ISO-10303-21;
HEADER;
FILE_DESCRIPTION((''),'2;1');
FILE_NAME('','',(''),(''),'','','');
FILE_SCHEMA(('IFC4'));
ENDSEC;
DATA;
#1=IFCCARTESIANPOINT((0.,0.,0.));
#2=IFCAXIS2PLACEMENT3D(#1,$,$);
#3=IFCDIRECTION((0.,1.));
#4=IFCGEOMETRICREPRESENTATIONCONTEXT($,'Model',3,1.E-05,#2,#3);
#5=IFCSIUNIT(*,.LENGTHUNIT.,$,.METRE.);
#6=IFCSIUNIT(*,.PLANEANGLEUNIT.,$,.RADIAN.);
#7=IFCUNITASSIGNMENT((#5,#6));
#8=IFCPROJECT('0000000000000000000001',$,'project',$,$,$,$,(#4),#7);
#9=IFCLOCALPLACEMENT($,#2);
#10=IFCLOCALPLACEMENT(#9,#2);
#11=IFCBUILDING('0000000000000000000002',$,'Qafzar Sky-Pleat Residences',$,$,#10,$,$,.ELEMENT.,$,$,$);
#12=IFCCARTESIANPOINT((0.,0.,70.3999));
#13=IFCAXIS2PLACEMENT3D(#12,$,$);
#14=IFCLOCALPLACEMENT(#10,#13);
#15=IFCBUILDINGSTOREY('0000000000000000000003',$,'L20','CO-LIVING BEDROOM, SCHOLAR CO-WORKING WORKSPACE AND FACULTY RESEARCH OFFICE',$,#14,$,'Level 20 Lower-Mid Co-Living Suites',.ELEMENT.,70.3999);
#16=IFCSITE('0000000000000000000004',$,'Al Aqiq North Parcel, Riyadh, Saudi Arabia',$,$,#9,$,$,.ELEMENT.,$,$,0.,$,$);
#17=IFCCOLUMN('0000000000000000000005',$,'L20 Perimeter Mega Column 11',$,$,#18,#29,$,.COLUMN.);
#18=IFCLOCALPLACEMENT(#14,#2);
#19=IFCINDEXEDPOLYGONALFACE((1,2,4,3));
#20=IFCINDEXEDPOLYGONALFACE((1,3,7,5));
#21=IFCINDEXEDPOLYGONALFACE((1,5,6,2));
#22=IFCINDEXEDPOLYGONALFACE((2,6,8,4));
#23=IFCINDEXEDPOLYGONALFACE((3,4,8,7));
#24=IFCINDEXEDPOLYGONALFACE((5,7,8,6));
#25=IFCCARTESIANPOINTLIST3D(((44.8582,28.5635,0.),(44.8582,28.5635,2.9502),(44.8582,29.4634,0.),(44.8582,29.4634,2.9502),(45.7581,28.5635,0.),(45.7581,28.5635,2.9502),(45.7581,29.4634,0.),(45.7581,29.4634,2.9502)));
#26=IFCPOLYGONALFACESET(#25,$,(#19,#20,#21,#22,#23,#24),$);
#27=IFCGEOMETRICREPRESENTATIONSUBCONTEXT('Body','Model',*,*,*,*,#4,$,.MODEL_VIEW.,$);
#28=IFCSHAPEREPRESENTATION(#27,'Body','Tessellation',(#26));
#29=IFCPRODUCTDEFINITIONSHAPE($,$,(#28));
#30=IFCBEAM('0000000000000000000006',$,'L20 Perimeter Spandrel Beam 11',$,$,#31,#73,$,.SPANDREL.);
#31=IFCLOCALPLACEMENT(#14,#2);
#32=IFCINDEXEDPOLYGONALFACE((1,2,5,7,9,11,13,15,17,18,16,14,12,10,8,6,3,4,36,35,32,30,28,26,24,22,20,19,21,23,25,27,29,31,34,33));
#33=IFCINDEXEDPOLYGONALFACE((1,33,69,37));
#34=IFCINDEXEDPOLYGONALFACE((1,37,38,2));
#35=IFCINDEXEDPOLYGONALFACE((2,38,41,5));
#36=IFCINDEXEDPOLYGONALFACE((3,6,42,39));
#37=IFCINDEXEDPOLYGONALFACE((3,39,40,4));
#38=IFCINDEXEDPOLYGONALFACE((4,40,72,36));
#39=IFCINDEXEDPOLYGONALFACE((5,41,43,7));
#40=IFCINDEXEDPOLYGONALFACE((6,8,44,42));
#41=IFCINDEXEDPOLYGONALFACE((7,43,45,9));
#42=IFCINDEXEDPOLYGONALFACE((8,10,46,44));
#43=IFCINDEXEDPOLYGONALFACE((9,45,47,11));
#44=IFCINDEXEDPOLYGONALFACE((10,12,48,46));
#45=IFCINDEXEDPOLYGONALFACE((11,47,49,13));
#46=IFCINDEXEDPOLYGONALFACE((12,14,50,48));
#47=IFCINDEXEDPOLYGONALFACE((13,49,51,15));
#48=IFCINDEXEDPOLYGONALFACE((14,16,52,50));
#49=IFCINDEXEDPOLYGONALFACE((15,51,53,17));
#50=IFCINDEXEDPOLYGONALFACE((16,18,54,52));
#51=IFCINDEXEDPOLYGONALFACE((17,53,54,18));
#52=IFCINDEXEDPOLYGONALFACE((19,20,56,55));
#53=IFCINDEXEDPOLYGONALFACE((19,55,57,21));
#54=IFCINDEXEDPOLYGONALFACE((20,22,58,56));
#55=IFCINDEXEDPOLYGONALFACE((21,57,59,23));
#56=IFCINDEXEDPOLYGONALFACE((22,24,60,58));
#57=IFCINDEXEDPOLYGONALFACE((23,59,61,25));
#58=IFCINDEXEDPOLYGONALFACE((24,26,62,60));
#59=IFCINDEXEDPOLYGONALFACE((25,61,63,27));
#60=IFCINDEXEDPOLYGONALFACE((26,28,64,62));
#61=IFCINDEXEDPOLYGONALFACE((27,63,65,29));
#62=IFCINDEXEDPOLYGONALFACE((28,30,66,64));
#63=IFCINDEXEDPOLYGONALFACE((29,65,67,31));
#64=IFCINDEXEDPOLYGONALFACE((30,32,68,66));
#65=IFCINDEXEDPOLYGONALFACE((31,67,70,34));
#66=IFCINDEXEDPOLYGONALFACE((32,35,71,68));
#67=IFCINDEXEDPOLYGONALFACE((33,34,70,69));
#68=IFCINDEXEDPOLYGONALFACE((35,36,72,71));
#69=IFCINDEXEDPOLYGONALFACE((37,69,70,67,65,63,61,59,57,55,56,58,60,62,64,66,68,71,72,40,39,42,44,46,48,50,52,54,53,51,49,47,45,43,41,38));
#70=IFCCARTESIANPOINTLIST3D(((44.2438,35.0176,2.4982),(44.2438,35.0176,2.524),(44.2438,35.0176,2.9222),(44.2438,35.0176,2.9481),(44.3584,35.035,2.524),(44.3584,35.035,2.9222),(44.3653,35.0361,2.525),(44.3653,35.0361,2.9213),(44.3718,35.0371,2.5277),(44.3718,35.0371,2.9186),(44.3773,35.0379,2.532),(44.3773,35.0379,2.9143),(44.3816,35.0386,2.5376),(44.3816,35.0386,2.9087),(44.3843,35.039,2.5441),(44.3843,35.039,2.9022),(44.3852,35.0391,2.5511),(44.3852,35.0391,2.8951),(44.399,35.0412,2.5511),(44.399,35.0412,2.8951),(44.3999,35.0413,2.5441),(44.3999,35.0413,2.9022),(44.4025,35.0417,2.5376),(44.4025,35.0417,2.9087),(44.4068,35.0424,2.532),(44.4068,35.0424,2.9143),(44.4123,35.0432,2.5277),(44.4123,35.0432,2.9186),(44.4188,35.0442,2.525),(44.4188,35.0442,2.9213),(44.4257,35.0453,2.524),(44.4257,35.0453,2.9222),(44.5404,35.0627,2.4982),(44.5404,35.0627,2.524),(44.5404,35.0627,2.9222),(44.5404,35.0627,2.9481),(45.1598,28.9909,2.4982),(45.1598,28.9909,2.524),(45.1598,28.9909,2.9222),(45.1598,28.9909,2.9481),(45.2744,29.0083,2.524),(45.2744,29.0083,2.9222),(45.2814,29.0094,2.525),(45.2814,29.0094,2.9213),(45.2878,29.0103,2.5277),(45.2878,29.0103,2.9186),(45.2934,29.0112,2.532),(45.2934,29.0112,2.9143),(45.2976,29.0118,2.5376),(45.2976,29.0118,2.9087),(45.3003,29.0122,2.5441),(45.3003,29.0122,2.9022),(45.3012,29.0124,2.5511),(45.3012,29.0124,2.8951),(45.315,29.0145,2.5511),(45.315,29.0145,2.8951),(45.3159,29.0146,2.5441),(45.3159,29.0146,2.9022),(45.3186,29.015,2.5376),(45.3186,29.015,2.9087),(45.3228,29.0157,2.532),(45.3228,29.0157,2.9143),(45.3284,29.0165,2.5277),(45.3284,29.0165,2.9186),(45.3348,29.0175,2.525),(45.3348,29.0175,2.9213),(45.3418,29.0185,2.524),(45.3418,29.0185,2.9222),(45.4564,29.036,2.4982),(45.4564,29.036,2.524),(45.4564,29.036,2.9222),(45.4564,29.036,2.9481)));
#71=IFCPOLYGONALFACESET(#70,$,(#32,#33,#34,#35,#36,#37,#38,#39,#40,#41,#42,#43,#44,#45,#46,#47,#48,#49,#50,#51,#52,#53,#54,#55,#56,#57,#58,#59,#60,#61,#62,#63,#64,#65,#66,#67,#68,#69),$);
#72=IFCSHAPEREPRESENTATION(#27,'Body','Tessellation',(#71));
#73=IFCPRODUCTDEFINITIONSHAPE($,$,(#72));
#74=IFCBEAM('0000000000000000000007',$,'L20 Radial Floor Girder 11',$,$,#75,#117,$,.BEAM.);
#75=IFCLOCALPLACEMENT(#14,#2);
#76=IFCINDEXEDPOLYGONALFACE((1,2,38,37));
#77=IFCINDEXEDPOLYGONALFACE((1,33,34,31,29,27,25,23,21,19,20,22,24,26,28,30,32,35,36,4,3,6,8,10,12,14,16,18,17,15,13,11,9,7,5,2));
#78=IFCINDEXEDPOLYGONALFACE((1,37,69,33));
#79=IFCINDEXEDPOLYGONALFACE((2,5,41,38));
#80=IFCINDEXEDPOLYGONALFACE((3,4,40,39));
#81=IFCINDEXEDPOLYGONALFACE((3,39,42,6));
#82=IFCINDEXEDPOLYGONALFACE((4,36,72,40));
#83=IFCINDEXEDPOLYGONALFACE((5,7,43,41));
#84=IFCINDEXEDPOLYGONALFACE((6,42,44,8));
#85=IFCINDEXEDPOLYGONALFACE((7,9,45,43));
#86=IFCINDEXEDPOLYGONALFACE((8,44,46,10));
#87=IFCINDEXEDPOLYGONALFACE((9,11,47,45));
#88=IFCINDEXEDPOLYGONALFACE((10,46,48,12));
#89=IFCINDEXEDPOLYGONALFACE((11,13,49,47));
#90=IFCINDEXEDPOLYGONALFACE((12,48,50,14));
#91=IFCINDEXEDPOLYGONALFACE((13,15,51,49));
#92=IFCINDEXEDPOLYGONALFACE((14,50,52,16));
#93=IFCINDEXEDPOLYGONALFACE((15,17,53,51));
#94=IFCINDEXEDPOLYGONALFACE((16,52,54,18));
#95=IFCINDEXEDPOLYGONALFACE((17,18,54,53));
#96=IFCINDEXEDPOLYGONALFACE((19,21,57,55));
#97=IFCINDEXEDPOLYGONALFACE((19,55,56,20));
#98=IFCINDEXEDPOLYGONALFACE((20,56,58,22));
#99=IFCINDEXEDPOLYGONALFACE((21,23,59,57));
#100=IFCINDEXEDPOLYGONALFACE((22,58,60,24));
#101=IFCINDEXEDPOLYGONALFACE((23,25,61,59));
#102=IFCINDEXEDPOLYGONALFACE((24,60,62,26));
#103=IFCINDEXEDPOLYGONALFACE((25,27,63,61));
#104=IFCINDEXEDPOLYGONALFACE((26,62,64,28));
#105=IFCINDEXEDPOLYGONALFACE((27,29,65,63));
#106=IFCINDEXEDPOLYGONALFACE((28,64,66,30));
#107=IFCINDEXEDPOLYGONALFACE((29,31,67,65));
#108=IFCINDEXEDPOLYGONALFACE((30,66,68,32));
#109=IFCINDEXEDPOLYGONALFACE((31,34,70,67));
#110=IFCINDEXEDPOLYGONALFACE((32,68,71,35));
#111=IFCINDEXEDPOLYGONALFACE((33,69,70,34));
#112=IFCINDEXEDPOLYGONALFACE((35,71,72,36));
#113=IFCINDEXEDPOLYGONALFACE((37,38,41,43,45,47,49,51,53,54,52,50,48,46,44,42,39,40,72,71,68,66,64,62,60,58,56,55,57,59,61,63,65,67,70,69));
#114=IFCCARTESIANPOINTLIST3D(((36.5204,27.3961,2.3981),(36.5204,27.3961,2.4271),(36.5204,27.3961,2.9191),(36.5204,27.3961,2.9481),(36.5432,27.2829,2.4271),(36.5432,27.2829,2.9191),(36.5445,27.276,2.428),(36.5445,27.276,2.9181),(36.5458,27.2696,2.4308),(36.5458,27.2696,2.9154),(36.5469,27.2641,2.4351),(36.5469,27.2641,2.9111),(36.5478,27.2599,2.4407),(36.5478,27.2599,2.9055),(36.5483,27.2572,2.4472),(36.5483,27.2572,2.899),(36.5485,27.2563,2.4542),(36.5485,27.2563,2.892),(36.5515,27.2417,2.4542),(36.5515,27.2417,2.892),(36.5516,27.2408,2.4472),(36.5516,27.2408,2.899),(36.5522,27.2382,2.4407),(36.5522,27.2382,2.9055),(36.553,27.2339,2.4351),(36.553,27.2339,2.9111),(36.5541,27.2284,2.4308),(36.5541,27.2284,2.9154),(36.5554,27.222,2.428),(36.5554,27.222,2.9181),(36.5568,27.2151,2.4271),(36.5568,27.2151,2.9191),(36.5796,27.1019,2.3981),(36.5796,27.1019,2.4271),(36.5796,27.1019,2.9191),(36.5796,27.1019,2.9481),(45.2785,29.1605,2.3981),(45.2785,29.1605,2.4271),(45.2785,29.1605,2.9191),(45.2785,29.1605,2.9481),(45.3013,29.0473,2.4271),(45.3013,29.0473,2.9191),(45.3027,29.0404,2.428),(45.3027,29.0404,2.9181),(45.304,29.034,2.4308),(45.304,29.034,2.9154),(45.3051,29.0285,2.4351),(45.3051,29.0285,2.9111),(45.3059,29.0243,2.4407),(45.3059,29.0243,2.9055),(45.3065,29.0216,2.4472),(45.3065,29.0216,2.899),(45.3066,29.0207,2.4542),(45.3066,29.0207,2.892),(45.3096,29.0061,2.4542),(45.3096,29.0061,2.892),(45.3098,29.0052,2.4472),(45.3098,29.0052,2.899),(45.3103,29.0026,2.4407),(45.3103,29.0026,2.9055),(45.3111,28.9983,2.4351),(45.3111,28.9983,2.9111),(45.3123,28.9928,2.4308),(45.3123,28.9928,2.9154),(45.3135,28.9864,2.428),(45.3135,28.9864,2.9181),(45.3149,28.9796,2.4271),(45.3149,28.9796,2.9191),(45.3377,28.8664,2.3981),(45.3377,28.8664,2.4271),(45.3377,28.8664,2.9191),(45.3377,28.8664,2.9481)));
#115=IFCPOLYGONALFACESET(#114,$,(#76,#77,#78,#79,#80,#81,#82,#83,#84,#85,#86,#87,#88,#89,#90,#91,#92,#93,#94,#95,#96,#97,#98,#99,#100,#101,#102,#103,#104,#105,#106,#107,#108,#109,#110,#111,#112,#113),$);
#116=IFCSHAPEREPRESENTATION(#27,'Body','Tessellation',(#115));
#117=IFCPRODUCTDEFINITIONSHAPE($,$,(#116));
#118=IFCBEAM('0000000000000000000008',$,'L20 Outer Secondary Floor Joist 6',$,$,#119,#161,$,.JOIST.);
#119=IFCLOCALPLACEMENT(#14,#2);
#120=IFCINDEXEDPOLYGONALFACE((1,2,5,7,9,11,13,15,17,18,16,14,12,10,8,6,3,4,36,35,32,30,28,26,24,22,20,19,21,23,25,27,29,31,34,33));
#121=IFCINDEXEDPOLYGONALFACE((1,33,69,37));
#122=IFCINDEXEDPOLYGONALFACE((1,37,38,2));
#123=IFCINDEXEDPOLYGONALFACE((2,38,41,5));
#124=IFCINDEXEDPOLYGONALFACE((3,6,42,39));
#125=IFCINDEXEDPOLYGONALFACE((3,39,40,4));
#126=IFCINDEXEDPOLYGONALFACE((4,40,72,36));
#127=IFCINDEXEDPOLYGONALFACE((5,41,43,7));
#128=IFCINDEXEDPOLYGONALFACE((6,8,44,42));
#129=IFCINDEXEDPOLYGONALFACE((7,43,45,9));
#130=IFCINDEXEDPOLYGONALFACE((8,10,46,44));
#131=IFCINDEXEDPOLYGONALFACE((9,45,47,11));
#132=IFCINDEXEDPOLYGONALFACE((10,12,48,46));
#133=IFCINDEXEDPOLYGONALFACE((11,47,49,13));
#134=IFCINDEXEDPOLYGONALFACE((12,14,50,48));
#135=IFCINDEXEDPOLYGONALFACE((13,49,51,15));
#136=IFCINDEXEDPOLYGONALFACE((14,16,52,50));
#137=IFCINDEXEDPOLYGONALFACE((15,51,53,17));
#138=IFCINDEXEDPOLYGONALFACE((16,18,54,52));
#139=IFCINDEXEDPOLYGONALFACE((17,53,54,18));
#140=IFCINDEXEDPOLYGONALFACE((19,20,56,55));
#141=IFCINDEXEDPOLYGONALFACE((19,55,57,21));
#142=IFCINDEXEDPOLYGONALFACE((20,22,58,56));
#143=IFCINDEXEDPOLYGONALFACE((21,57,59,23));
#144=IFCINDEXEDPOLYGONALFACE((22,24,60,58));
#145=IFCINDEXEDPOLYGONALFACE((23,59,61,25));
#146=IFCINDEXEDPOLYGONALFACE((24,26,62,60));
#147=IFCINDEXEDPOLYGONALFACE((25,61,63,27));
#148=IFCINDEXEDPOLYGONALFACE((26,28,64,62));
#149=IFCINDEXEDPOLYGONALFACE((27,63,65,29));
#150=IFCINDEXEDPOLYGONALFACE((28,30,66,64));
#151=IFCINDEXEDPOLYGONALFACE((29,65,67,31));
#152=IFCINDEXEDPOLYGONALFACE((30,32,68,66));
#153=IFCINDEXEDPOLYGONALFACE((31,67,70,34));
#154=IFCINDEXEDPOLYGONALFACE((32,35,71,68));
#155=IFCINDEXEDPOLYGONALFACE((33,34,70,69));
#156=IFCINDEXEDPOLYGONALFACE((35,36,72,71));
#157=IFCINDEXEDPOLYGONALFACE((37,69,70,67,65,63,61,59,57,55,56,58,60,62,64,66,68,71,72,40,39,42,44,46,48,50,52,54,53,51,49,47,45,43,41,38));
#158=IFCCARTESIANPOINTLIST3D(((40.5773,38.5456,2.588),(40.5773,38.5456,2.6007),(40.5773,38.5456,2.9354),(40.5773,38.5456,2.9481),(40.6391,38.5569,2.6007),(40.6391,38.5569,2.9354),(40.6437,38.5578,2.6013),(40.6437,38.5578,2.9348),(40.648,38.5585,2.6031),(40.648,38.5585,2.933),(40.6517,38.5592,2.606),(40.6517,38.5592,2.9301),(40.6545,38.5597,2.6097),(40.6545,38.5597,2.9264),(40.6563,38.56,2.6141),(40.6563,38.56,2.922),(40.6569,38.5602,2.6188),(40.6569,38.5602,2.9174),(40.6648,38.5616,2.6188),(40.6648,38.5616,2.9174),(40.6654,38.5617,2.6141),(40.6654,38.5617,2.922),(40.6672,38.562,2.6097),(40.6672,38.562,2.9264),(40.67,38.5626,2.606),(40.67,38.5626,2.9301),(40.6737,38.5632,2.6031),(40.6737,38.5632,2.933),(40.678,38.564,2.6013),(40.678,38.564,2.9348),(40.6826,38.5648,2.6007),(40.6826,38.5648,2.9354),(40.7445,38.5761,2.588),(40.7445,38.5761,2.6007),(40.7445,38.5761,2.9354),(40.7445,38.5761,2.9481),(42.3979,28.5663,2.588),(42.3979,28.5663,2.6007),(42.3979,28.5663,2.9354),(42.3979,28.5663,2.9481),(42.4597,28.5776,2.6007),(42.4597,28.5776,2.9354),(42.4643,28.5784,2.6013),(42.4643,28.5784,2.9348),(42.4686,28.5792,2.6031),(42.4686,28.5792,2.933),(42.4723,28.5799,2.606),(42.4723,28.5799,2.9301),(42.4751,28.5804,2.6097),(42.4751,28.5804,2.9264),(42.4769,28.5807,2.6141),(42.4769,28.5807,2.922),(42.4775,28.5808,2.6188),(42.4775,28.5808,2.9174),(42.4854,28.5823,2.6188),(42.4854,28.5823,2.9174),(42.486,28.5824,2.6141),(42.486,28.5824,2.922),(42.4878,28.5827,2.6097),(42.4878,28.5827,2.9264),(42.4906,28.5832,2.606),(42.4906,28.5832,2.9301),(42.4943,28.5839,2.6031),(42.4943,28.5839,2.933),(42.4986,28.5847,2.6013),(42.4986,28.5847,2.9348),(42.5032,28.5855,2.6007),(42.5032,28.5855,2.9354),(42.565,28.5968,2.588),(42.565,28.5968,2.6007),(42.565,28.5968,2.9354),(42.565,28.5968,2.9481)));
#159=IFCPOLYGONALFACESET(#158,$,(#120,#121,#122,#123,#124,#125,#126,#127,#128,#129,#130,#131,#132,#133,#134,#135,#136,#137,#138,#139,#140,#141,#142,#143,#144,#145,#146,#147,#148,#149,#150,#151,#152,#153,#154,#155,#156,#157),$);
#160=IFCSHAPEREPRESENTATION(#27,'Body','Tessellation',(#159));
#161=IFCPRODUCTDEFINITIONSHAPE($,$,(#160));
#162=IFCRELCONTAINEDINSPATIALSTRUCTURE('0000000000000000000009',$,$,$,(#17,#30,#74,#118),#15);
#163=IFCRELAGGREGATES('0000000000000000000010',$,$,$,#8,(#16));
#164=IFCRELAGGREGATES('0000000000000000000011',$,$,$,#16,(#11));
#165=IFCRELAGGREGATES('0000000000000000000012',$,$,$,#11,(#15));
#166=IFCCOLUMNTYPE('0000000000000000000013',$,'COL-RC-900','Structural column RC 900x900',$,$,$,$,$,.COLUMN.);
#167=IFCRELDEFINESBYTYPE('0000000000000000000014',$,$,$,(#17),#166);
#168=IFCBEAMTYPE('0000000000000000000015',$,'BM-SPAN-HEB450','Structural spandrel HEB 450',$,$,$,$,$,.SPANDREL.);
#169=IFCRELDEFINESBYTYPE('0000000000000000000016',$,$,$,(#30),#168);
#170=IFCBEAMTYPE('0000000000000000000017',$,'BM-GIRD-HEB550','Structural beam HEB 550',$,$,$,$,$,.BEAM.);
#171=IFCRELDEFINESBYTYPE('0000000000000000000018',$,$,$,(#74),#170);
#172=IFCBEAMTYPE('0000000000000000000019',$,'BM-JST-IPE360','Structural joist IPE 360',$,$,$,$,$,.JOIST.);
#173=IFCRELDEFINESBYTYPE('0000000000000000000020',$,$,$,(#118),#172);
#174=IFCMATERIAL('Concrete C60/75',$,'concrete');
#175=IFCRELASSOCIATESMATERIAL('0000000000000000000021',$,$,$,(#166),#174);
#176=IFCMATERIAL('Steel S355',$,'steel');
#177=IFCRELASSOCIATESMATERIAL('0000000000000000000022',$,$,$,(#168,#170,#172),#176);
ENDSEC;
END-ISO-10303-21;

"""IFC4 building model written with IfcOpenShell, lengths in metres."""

from ifc_helpers import new_model, si_unit, direction, frame, origin, origin_2d, place, context, subcontext, project, spatial, rectangle, i_section, extrude, source, transform, mapped, material, material_profile, profile_set, type_object, element, save


model = new_model("IFC4")

# Units and contexts
model_context = context("Model", 3, precision=1e-05, world=origin(), true_north=direction((0.0, 1.0)))
body_context = subcontext(model_context, "Body", "Model", "MODEL_VIEW")
ifc_project = project(units=[si_unit("LENGTHUNIT", "METRE"), si_unit("PLANEANGLEUNIT", "RADIAN")], contexts=[model_context])

# Site, building, storey
site_placement = place(None, origin())
site = spatial("IfcSite", under=ifc_project, at=site_placement, Name="Al Aqiq North Parcel, Riyadh, Saudi Arabia", CompositionType="ELEMENT", RefElevation=0.0)
building_placement = place(site_placement, origin())
building = spatial("IfcBuilding", under=site, at=building_placement, Name="Qafzar Sky-Pleat Residences", CompositionType="ELEMENT")
storey_placement = place(building_placement, frame((0.0, 0.0, 70.3999)))
storey = spatial("IfcBuildingStorey", under=building, at=storey_placement, Name="L20", Description="CO-LIVING BEDROOM, SCHOLAR CO-WORKING WORKSPACE AND FACULTY RESEARCH OFFICE", LongName="Level 20 Lower-Mid Co-Living Suites", CompositionType="ELEMENT", Elevation=70.3999)

# Column
ifc_material_1 = material(Name="Concrete C60/75", Category="concrete")
ifc_material_profile_1 = material_profile(ifc_material_1, rectangle(XDim=0.8999, YDim=0.8999, at=origin_2d()), Name="RC 900x900")
ifc_profile_set_1 = profile_set([ifc_material_profile_1], Name="Concrete C60/75")
column_type = type_object("IfcColumnType", Name="COL-RC-900", Description="Structural column RC 900x900", PredefinedType="COLUMN", material=ifc_profile_set_1)
shared_shape_1 = source(origin(), body_context, "Body", "SweptSolid", [
    extrude(rectangle(XDim=0.8999, YDim=0.8999, at=origin_2d()), origin(), (0.0, 0.0, 1.0), 2.9502),
])
column_placement = place(storey_placement, frame((45.3081, 29.0134, 0.0), z_axis=(0.0, 0.0, 1.0), x_axis=(1.0, 0.0, 0.0)))
element("IfcColumn", 1, at=column_placement, inside=storey, type_object=column_type, Name="L20 Perimeter Mega Column 11", PredefinedType="COLUMN", context=body_context, shape_type="MappedRepresentation", body=[
    mapped(shared_shape_1, transform((0.0, 0.0, 0.0), x_axis=(1.0, 0.0, 0.0), y_axis=(0.0, 1.0, 0.0), z_axis=(0.0, 0.0, 1.0), scale=1.0)),
])

# Beams
ifc_material_2 = material(Name="Steel S355", Category="steel")
ifc_material_profile_2 = material_profile(ifc_material_2, i_section(OverallWidth=0.3, OverallDepth=0.45, WebThickness=0.0139, FlangeThickness=0.0259, FilletRadius=0.0271, at=origin_2d()), Name="HEB 450")
ifc_profile_set_2 = profile_set([ifc_material_profile_2], Name="Steel S355")
beam_type_1 = type_object("IfcBeamType", Name="BM-SPAN-HEB450", Description="Structural spandrel HEB 450", PredefinedType="SPANDREL", material=ifc_profile_set_2)
shared_shape_2 = source(origin(), body_context, "Body", "SweptSolid", [
    extrude(i_section(OverallWidth=0.3, OverallDepth=0.45, WebThickness=0.0139, FlangeThickness=0.0259, FilletRadius=0.0271, at=origin_2d()), origin(), (0.0, 0.0, 1.0), 6.0959),
])
beam_1_placement = place(storey_placement, frame((45.3081, 29.0134, 2.7231), z_axis=(-0.150269, 0.988645, 0.0), x_axis=(-0.988645, -0.150269, 0.0)))
element("IfcBeam", 2, at=beam_1_placement, inside=storey, type_object=beam_type_1, Name="L20 Perimeter Spandrel Beam 11", PredefinedType="SPANDREL", context=body_context, shape_type="MappedRepresentation", body=[
    mapped(shared_shape_2, transform((0.0, 0.0, 0.0), x_axis=(1.0, 0.0, 0.0), y_axis=(0.0, 1.0, 0.0), z_axis=(0.0, 0.0, 1.0), scale=1.0)),
])
ifc_material_profile_3 = material_profile(ifc_material_2, i_section(OverallWidth=0.3, OverallDepth=0.55, WebThickness=0.0149, FlangeThickness=0.0291, FilletRadius=0.0271, at=origin_2d()), Name="HEB 550")
ifc_profile_set_3 = profile_set([ifc_material_profile_3], Name="Steel S355")
beam_type_2 = type_object("IfcBeamType", Name="BM-GIRD-HEB550", Description="Structural beam HEB 550", PredefinedType="BEAM", material=ifc_profile_set_3)
shared_shape_3 = source(origin(), body_context, "Body", "SweptSolid", [
    extrude(i_section(OverallWidth=0.3, OverallDepth=0.55, WebThickness=0.0149, FlangeThickness=0.0291, FilletRadius=0.0271, at=origin_2d()), origin(), (0.0, 0.0, 1.0), 8.9341),
])
beam_2_placement = place(storey_placement, frame((45.3081, 29.0134, 2.6731), z_axis=(-0.980304, -0.197493, 0.0), x_axis=(0.197493, -0.980304, 0.0)))
element("IfcBeam", 3, at=beam_2_placement, inside=storey, type_object=beam_type_2, Name="L20 Radial Floor Girder 11", PredefinedType="BEAM", context=body_context, shape_type="MappedRepresentation", body=[
    mapped(shared_shape_3, transform((0.0, 0.0, 0.0), x_axis=(1.0, 0.0, 0.0), y_axis=(0.0, 1.0, 0.0), z_axis=(0.0, 0.0, 1.0), scale=1.0)),
])
ifc_material_profile_4 = material_profile(ifc_material_2, i_section(OverallWidth=0.1699, OverallDepth=0.3601, WebThickness=0.0081, FlangeThickness=0.0127, FilletRadius=0.0181, at=origin_2d()), Name="IPE 360")
ifc_profile_set_4 = profile_set([ifc_material_profile_4], Name="Steel S355")
beam_type_3 = type_object("IfcBeamType", Name="BM-JST-IPE360", Description="Structural joist IPE 360", PredefinedType="JOIST", material=ifc_profile_set_4)
shared_shape_4 = source(origin(), body_context, "Body", "SweptSolid", [
    extrude(i_section(OverallWidth=0.1699, OverallDepth=0.3601, WebThickness=0.0081, FlangeThickness=0.0127, FilletRadius=0.0181, at=origin_2d()), origin(), (0.0, 0.0, 1.0), 10.144),
])
beam_3_placement = place(storey_placement, frame((42.4814, 28.5815, 2.7681), z_axis=(-0.179472, 0.983763, 0.0), x_axis=(-0.983763, -0.179472, 0.0)))
element("IfcBeam", 4, at=beam_3_placement, inside=storey, type_object=beam_type_3, Name="L20 Outer Secondary Floor Joist 6", PredefinedType="JOIST", context=body_context, shape_type="MappedRepresentation", body=[
    mapped(shared_shape_4, transform((0.0, 0.0, 0.0), x_axis=(1.0, 0.0, 0.0), y_axis=(0.0, 1.0, 0.0), z_axis=(0.0, 0.0, 1.0), scale=1.0)),
])

save(model, "model.ifc")
